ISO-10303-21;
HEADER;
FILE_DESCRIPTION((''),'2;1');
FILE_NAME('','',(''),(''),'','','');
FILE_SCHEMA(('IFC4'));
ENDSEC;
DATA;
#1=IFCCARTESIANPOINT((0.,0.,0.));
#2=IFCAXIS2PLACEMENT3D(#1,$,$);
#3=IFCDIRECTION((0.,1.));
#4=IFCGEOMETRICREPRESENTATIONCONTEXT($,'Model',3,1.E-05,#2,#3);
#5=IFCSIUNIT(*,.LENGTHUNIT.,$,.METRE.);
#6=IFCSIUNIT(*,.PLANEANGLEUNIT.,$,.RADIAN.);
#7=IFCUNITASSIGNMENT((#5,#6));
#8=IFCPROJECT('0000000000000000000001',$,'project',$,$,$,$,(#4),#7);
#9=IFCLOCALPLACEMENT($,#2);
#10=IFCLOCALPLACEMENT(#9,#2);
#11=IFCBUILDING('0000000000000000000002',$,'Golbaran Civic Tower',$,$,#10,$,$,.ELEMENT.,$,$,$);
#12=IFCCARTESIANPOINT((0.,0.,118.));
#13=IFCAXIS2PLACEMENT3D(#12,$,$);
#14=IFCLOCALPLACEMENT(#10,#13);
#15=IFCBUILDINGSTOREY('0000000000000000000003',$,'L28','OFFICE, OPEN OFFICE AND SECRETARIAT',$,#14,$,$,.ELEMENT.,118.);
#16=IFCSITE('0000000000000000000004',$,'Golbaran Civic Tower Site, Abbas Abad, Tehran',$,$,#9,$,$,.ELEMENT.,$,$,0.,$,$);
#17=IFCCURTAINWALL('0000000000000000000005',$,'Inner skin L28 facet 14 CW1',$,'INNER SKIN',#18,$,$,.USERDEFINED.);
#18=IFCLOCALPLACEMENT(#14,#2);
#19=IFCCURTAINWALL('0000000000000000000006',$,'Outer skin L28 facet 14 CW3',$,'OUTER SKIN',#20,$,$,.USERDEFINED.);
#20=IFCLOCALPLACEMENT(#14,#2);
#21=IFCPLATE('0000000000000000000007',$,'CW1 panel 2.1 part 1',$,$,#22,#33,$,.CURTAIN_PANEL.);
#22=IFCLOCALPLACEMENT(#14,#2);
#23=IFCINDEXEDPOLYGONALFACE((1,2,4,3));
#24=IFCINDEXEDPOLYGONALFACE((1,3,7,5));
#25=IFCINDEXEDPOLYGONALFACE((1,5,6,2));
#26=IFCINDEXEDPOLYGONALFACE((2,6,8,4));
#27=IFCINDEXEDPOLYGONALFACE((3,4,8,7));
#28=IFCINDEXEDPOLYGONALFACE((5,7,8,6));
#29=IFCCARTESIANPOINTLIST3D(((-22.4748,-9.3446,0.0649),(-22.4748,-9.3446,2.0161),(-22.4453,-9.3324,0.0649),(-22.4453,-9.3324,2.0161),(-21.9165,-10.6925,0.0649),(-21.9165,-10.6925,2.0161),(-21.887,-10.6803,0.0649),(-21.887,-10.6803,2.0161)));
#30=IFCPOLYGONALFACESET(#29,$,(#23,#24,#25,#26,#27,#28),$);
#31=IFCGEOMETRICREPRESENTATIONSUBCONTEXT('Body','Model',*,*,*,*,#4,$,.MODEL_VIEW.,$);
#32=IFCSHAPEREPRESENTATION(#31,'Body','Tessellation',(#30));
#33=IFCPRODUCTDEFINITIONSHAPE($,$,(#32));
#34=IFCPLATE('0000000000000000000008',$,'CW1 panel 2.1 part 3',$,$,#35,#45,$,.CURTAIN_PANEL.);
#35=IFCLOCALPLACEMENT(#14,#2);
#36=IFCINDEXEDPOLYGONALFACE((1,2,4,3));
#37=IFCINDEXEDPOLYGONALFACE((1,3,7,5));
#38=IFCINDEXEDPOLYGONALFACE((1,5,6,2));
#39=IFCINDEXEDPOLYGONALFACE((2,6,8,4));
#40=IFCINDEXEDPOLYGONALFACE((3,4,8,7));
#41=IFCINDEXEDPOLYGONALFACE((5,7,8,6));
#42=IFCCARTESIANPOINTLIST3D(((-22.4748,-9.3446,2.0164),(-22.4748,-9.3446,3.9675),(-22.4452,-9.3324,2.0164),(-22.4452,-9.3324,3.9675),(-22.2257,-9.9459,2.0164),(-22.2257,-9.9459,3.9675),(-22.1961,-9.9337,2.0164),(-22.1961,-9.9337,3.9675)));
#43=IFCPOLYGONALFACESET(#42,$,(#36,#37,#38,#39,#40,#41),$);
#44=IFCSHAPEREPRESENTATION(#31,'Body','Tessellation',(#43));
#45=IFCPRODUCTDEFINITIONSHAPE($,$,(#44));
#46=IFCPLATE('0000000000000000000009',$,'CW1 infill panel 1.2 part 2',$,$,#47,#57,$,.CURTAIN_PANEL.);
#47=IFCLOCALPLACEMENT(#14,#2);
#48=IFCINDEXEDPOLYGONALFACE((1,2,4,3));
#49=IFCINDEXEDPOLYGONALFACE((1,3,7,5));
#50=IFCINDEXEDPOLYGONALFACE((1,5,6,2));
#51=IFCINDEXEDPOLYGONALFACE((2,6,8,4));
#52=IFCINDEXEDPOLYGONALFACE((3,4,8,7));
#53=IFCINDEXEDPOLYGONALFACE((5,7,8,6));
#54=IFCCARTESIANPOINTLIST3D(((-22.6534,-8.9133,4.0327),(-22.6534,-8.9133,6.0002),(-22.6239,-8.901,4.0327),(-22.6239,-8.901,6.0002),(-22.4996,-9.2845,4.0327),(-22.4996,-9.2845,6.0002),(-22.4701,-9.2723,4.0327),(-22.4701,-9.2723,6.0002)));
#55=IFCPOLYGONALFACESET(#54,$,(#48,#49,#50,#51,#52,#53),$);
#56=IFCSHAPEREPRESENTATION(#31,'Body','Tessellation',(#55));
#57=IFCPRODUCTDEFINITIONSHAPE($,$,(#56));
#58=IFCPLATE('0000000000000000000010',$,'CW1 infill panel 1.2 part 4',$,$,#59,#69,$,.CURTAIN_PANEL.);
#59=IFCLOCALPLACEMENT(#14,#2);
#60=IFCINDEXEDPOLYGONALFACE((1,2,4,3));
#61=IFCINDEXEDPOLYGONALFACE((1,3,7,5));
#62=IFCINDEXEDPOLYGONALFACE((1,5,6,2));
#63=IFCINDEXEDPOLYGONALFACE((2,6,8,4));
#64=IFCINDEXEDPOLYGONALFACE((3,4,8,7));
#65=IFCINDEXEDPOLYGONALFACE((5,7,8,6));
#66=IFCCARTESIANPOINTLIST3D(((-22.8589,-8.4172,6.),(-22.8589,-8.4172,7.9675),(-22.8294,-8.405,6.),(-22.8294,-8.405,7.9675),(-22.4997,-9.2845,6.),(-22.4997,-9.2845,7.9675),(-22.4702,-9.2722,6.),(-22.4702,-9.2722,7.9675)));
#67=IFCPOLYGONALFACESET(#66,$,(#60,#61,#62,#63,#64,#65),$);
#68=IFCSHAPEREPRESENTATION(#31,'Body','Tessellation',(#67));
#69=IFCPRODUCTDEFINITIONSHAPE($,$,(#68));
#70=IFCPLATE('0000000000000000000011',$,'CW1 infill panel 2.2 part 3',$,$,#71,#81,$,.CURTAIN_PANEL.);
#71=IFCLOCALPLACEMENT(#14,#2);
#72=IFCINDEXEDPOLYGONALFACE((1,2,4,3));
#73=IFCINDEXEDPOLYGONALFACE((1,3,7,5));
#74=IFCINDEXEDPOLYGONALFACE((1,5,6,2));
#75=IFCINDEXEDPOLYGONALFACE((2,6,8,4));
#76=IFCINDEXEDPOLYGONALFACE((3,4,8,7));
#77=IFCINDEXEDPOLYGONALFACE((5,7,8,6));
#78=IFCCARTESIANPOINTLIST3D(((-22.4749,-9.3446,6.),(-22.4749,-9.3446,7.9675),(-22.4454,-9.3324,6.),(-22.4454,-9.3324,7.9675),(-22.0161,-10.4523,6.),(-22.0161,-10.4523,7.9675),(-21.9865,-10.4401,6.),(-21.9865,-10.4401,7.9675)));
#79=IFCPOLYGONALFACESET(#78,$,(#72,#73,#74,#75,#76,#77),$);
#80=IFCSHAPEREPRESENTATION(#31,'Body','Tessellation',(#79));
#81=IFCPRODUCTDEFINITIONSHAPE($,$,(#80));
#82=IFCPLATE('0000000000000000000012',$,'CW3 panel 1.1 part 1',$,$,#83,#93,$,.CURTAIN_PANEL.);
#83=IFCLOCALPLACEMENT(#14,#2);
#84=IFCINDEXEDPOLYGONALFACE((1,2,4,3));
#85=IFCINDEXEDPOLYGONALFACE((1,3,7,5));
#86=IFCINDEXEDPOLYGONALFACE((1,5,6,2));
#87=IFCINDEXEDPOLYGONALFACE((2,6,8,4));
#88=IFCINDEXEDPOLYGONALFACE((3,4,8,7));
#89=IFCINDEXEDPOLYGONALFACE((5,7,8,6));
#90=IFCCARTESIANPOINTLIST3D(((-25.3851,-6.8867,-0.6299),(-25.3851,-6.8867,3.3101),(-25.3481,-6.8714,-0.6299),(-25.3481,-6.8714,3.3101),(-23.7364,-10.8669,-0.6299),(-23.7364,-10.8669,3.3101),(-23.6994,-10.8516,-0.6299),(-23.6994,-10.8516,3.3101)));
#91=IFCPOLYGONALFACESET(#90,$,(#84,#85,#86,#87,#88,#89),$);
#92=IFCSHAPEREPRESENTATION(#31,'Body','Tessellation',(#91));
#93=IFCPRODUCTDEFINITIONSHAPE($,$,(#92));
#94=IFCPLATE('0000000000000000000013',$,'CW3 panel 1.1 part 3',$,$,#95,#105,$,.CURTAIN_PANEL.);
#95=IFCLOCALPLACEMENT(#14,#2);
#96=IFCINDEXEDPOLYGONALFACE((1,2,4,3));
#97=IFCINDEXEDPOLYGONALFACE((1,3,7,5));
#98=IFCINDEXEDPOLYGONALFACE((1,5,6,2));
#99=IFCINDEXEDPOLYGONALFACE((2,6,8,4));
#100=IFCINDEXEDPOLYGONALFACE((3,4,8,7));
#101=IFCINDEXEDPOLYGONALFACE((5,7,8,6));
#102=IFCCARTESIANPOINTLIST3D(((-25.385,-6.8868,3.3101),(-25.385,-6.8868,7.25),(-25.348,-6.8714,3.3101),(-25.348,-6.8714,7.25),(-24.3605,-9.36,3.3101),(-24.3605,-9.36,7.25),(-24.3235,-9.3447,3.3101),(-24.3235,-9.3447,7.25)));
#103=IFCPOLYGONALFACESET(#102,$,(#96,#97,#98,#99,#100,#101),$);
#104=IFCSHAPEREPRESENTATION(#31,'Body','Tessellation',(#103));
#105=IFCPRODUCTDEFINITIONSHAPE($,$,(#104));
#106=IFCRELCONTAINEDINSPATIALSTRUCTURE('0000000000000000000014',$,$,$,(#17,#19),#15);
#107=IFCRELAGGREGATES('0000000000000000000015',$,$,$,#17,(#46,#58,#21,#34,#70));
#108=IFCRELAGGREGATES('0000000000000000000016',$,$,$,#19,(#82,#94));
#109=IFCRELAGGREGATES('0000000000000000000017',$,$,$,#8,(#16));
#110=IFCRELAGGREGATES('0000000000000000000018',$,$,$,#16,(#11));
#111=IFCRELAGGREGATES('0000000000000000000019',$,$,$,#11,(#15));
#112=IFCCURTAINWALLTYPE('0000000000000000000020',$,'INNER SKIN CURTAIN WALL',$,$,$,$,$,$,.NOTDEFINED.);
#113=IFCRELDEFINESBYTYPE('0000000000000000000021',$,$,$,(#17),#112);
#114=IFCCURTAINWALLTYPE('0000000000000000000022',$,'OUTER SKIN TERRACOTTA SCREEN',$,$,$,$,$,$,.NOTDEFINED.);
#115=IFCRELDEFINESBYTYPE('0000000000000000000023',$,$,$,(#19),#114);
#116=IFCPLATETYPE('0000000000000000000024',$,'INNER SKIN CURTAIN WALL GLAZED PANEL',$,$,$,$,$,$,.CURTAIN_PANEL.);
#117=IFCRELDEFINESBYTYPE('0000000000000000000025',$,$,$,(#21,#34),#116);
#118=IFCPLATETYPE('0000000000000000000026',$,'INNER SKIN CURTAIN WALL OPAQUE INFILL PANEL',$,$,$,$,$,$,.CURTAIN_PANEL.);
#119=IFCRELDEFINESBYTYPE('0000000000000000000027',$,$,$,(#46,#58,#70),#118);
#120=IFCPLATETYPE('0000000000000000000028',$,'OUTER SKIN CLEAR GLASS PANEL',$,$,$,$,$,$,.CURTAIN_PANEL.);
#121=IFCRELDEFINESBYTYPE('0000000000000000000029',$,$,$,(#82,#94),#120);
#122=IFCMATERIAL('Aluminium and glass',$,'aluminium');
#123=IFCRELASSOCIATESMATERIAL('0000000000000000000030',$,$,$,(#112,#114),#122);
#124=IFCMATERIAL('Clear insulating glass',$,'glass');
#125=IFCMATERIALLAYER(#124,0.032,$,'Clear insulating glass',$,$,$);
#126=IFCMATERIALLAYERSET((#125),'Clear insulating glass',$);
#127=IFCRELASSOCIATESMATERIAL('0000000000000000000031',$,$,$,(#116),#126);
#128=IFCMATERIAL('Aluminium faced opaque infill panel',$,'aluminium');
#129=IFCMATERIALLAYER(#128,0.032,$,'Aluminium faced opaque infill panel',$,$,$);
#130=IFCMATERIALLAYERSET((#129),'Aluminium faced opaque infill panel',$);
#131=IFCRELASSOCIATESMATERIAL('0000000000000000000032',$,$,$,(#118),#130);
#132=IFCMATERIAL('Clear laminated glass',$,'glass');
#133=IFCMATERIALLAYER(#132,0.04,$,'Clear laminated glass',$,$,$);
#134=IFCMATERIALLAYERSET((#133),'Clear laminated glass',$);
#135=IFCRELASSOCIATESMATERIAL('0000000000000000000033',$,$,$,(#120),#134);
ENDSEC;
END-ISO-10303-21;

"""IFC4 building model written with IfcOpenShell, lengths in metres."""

from ifc_helpers import new_model, si_unit, direction, frame, origin, origin_2d, place, context, subcontext, project, spatial, rectangle, extrude, material, layer, layer_set, type_object, element, aggregate, save


model = new_model("IFC4")

# Units and contexts
model_context = context("Model", 3, precision=1e-05, world=origin(), true_north=direction((0.0, 1.0)))
body_context = subcontext(model_context, "Body", "Model", "MODEL_VIEW")
ifc_project = project(units=[si_unit("LENGTHUNIT", "METRE"), si_unit("PLANEANGLEUNIT", "RADIAN")], contexts=[model_context])

# Site, building, storey
site_placement = place(None, origin())
site = spatial("IfcSite", under=ifc_project, at=site_placement, Name="Golbaran Civic Tower Site, Abbas Abad, Tehran", CompositionType="ELEMENT", RefElevation=0.0)
building_placement = place(site_placement, origin())
building = spatial("IfcBuilding", under=site, at=building_placement, Name="Golbaran Civic Tower", CompositionType="ELEMENT")
storey_placement = place(building_placement, frame((0.0, 0.0, 118.0)))
storey = spatial("IfcBuildingStorey", under=building, at=storey_placement, Name="L28", Description="OFFICE, OPEN OFFICE AND SECRETARIAT", CompositionType="ELEMENT", Elevation=118.0)

# Shared definitions
ifc_material_1 = material(Name="Aluminium and glass", Category="aluminium")
curtain_wall_type_1 = type_object("IfcCurtainWallType", Name="INNER SKIN CURTAIN WALL", PredefinedType="NOTDEFINED", material=ifc_material_1)

# Curtain wall
curtain_wall_1_placement = place(storey_placement, origin())
curtain_wall_1 = element("IfcCurtainWall", 1, at=curtain_wall_1_placement, inside=storey, type_object=curtain_wall_type_1, Name="Inner skin L28 facet 14 CW1", ObjectType="INNER SKIN", PredefinedType="USERDEFINED")

# Shared definitions
curtain_wall_type_2 = type_object("IfcCurtainWallType", Name="OUTER SKIN TERRACOTTA SCREEN", PredefinedType="NOTDEFINED", material=ifc_material_1)

# Curtain wall
curtain_wall_2_placement = place(storey_placement, origin())
curtain_wall_2 = element("IfcCurtainWall", 2, at=curtain_wall_2_placement, inside=storey, type_object=curtain_wall_type_2, Name="Outer skin L28 facet 14 CW3", ObjectType="OUTER SKIN", PredefinedType="USERDEFINED")

# Plates
ifc_material_2 = material(Name="Clear insulating glass", Category="glass")
ifc_layer_1 = layer(ifc_material_2, 0.032, Name="Clear insulating glass")
ifc_layer_set_1 = layer_set([ifc_layer_1], Name="Clear insulating glass")
plate_type_1 = type_object("IfcPlateType", Name="INNER SKIN CURTAIN WALL GLAZED PANEL", PredefinedType="CURTAIN_PANEL", material=ifc_layer_set_1)
plate_1_placement = place(storey_placement, frame((-22.1809, -10.0125, 0.0649), z_axis=(0.0, 0.0, 1.0), x_axis=(0.382683, -0.92388, 0.0)))
plate_1 = element("IfcPlate", 3, at=plate_1_placement, type_object=plate_type_1, Name="CW1 panel 2.1 part 1", PredefinedType="CURTAIN_PANEL", context=body_context, shape_type="SweptSolid", body=[
    extrude(rectangle(XDim=1.459, YDim=0.032, at=origin_2d()), origin(), (0.0, 0.0, 1.0), 1.9512),
])
plate_2_placement = place(storey_placement, frame((-22.3354, -9.6392, 2.0164), z_axis=(0.0, 0.0, 1.0), x_axis=(0.382683, -0.92388, 0.0)))
plate_2 = element("IfcPlate", 4, at=plate_2_placement, type_object=plate_type_1, Name="CW1 panel 2.1 part 3", PredefinedType="CURTAIN_PANEL", context=body_context, shape_type="SweptSolid", body=[
    extrude(rectangle(XDim=0.6509, YDim=0.032, at=origin_2d()), origin(), (0.0, 0.0, 1.0), 1.9512),
])
ifc_material_3 = material(Name="Aluminium faced opaque infill panel", Category="aluminium")
ifc_layer_2 = layer(ifc_material_3, 0.032, Name="Aluminium faced opaque infill panel")
ifc_layer_set_2 = layer_set([ifc_layer_2], Name="Aluminium faced opaque infill panel")
plate_type_2 = type_object("IfcPlateType", Name="INNER SKIN CURTAIN WALL OPAQUE INFILL PANEL", PredefinedType="CURTAIN_PANEL", material=ifc_layer_set_2)
plate_3_placement = place(storey_placement, frame((-22.5618, -9.0928, 4.0327), z_axis=(0.0, 0.0, 1.0), x_axis=(0.382683, -0.92388, 0.0)))
plate_3 = element("IfcPlate", 5, at=plate_3_placement, type_object=plate_type_2, Name="CW1 infill panel 1.2 part 2", PredefinedType="CURTAIN_PANEL", context=body_context, shape_type="SweptSolid", body=[
    extrude(rectangle(XDim=0.4019, YDim=0.032, at=origin_2d()), origin(), (0.0, 0.0, 1.0), 1.9675),
])
plate_4_placement = place(storey_placement, frame((-22.6646, -8.8447, 6.0), z_axis=(0.0, 0.0, 1.0), x_axis=(0.382683, -0.92388, 0.0)))
plate_4 = element("IfcPlate", 6, at=plate_4_placement, type_object=plate_type_2, Name="CW1 infill panel 1.2 part 4", PredefinedType="CURTAIN_PANEL", context=body_context, shape_type="SweptSolid", body=[
    extrude(rectangle(XDim=0.9387, YDim=0.032, at=origin_2d()), origin(), (0.0, 0.0, 1.0), 1.9675),
])
plate_5_placement = place(storey_placement, frame((-22.2307, -9.8923, 6.0), z_axis=(0.0, 0.0, 1.0), x_axis=(0.382683, -0.92388, 0.0)))
plate_5 = element("IfcPlate", 7, at=plate_5_placement, type_object=plate_type_2, Name="CW1 infill panel 2.2 part 3", PredefinedType="CURTAIN_PANEL", context=body_context, shape_type="SweptSolid", body=[
    extrude(rectangle(XDim=1.199, YDim=0.032, at=origin_2d()), origin(), (0.0, 0.0, 1.0), 1.9675),
])
aggregate(curtain_wall_1, [plate_3, plate_4, plate_1, plate_2, plate_5])
ifc_material_4 = material(Name="Clear laminated glass", Category="glass")
ifc_layer_3 = layer(ifc_material_4, 0.04, Name="Clear laminated glass")
ifc_layer_set_3 = layer_set([ifc_layer_3], Name="Clear laminated glass")
plate_type_3 = type_object("IfcPlateType", Name="OUTER SKIN CLEAR GLASS PANEL", PredefinedType="CURTAIN_PANEL", material=ifc_layer_set_3)
plate_6_placement = place(storey_placement, frame((-24.5422, -8.8691, -0.6299), z_axis=(0.0, 0.0, 1.0), x_axis=(0.382683, -0.92388, 0.0)))
plate_6 = element("IfcPlate", 8, at=plate_6_placement, type_object=plate_type_3, Name="CW3 panel 1.1 part 1", PredefinedType="CURTAIN_PANEL", context=body_context, shape_type="SweptSolid", body=[
    extrude(rectangle(XDim=4.3081, YDim=0.04, at=origin_2d()), origin(), (0.0, 0.0, 1.0), 3.9399),
])
plate_7_placement = place(storey_placement, frame((-24.8542, -8.1157, 3.3101), z_axis=(0.0, 0.0, 1.0), x_axis=(0.382683, -0.92388, 0.0)))
plate_7 = element("IfcPlate", 9, at=plate_7_placement, type_object=plate_type_3, Name="CW3 panel 1.1 part 3", PredefinedType="CURTAIN_PANEL", context=body_context, shape_type="SweptSolid", body=[
    extrude(rectangle(XDim=2.677, YDim=0.04, at=origin_2d()), origin(), (0.0, 0.0, 1.0), 3.9399),
])
aggregate(curtain_wall_2, [plate_6, plate_7])

save(model, "model.ifc")
